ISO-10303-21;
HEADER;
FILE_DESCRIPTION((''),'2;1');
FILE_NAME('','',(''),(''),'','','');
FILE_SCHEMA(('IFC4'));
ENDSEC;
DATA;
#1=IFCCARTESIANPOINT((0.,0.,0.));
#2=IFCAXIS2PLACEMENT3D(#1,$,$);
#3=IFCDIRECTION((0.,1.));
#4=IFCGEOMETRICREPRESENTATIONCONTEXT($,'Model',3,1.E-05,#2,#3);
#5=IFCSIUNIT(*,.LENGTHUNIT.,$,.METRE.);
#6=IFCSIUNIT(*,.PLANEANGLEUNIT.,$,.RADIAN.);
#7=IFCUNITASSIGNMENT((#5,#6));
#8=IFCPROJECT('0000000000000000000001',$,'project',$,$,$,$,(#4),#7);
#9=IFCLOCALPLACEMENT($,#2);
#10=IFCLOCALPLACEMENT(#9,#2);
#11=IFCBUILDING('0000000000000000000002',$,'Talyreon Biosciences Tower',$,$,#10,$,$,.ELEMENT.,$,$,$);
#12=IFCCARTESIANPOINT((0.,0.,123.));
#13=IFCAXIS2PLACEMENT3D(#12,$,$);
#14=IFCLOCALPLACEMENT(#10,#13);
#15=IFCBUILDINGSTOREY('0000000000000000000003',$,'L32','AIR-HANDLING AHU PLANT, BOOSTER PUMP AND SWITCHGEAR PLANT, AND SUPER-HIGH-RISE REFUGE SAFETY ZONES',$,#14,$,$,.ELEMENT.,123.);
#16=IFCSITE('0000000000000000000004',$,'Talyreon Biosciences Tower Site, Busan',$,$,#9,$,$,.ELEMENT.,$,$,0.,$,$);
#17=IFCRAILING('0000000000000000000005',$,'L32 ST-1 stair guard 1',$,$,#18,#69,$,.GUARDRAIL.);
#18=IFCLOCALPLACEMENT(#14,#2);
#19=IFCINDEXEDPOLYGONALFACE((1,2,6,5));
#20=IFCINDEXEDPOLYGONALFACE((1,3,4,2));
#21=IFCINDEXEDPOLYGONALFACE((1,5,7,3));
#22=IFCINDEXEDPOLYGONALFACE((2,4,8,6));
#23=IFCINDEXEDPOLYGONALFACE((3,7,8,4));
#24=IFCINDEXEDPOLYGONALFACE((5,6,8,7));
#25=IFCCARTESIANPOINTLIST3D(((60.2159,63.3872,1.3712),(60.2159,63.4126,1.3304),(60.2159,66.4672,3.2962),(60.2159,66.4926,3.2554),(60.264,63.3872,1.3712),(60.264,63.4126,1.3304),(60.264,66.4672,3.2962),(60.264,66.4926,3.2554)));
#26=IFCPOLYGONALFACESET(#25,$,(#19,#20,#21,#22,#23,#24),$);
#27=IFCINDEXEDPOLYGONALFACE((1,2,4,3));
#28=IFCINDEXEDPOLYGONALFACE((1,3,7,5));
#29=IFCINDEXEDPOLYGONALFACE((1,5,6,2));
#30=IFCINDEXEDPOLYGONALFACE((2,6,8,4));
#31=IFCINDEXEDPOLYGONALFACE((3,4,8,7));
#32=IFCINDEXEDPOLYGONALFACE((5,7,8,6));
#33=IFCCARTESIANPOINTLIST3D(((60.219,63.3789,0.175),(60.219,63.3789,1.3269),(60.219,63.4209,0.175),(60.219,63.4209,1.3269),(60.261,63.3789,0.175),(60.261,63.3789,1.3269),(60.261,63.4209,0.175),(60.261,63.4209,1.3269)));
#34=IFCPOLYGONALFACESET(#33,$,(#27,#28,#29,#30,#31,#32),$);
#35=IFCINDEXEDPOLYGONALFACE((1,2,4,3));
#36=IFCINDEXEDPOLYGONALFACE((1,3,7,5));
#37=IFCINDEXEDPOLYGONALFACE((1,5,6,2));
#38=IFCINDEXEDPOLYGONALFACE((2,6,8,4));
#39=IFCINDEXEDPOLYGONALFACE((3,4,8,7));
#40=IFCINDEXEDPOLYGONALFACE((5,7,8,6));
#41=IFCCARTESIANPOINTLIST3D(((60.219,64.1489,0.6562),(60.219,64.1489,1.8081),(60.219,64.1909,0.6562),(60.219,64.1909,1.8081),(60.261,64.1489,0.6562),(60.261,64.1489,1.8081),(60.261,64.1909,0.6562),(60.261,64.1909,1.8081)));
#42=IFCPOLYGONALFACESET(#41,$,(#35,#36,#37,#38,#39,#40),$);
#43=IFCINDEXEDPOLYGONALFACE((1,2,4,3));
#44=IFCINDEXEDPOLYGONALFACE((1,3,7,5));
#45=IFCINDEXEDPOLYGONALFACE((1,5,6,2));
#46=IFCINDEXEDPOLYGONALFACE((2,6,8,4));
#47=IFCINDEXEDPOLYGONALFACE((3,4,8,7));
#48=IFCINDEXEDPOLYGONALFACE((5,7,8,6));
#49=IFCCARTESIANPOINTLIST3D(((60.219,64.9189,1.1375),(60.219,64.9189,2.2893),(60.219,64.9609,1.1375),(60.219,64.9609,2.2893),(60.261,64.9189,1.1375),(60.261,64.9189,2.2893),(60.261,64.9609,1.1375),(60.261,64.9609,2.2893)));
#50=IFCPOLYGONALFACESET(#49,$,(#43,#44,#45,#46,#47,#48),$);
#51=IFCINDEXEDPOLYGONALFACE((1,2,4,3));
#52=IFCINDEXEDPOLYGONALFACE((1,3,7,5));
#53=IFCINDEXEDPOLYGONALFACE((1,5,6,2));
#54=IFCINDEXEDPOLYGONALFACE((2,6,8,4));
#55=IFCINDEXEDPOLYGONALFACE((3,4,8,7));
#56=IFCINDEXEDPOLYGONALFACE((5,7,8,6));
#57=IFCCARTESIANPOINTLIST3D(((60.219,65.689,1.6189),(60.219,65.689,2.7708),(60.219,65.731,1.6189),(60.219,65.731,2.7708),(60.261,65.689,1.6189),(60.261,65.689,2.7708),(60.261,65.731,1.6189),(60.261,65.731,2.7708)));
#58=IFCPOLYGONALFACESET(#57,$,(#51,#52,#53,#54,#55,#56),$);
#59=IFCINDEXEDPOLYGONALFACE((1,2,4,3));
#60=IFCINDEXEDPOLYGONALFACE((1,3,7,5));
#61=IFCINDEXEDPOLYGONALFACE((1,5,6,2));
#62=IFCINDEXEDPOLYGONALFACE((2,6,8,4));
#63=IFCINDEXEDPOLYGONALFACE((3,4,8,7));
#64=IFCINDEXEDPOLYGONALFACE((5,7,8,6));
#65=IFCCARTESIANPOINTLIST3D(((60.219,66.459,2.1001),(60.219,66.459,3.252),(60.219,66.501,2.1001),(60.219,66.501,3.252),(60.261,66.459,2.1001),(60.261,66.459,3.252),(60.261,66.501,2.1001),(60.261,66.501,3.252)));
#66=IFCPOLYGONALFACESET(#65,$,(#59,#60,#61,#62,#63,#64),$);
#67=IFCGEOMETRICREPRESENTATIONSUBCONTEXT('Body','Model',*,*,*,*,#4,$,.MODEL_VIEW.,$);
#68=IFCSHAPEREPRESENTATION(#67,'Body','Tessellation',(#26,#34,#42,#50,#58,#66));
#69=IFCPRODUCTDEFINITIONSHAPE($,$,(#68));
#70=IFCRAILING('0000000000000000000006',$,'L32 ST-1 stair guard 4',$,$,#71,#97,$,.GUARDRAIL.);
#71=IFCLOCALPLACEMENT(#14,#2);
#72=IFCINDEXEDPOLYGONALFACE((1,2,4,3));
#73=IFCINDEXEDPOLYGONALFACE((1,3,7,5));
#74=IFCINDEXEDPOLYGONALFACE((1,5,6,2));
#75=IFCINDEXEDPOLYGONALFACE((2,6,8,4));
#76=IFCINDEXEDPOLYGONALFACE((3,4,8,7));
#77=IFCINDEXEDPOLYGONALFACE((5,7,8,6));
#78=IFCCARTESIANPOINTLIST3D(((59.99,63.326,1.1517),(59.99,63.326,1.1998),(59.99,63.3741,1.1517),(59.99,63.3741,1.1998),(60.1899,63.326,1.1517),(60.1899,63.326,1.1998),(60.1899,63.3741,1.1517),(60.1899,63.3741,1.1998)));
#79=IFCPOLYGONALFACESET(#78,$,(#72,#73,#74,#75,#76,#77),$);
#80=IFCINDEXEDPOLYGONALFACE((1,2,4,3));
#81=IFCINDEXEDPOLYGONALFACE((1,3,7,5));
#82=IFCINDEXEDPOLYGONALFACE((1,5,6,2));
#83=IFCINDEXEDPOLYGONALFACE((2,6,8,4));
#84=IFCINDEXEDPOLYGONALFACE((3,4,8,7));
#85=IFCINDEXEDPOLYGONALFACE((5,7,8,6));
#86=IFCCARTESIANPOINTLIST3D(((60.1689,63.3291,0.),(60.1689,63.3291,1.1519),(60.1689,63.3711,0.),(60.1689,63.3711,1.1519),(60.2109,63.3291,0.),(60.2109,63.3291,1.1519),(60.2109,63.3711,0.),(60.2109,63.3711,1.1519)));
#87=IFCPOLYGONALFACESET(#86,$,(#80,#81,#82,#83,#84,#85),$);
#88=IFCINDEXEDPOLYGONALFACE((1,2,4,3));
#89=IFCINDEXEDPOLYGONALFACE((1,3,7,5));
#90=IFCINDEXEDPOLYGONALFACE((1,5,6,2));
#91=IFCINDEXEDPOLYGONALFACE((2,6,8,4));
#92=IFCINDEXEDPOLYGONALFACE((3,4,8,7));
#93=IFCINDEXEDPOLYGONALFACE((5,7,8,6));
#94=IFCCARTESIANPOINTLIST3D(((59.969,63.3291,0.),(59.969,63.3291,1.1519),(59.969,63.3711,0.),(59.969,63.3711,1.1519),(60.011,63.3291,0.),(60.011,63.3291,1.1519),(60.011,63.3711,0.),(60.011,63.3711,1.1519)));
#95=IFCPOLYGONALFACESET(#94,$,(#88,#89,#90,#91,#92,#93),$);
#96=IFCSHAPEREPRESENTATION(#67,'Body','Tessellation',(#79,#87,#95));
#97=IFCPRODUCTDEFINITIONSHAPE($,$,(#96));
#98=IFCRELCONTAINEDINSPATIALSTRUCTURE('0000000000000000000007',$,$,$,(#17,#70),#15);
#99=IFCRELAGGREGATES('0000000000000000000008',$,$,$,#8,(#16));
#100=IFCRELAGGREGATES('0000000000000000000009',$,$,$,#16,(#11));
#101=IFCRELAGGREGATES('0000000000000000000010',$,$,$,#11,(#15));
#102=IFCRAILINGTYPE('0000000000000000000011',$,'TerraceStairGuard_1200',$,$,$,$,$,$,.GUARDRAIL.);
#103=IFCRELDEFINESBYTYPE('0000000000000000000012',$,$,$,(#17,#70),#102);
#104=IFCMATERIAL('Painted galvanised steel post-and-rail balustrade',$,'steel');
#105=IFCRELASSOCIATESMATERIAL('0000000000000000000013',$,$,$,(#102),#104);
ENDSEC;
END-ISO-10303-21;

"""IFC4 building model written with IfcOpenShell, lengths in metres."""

from ifc_helpers import new_model, si_unit, direction, frame, origin, origin_2d, place, context, subcontext, project, spatial, rectangle, extrude, material, type_object, element, save


model = new_model("IFC4")

# Units and contexts
model_context = context("Model", 3, precision=1e-05, world=origin(), true_north=direction((0.0, 1.0)))
body_context = subcontext(model_context, "Body", "Model", "MODEL_VIEW")
ifc_project = project(units=[si_unit("LENGTHUNIT", "METRE"), si_unit("PLANEANGLEUNIT", "RADIAN")], contexts=[model_context])

# Site, building, storey
site_placement = place(None, origin())
site = spatial("IfcSite", under=ifc_project, at=site_placement, Name="Talyreon Biosciences Tower Site, Busan", CompositionType="ELEMENT", RefElevation=0.0)
building_placement = place(site_placement, origin())
building = spatial("IfcBuilding", under=site, at=building_placement, Name="Talyreon Biosciences Tower", CompositionType="ELEMENT")
storey_placement = place(building_placement, frame((0.0, 0.0, 123.0)))
storey = spatial("IfcBuildingStorey", under=building, at=storey_placement, Name="L32", Description="AIR-HANDLING AHU PLANT, BOOSTER PUMP AND SWITCHGEAR PLANT, AND SUPER-HIGH-RISE REFUGE SAFETY ZONES", CompositionType="ELEMENT", Elevation=123.0)

# Railings
ifc_material_1 = material(Name="Painted galvanised steel post-and-rail balustrade", Category="steel")
railing_type_1 = type_object("IfcRailingType", Name="TerraceStairGuard_1200", PredefinedType="GUARDRAIL", material=ifc_material_1)
railing_1_placement = place(storey_placement, frame((60.24, 63.3999, 0.175)))
element("IfcRailing", 1, at=railing_1_placement, inside=storey, type_object=railing_type_1, Name="L32 ST-1 stair guard 1", PredefinedType="GUARDRAIL", context=body_context, shape_type="SweptSolid", body=[
    extrude(rectangle(XDim=0.0481, YDim=0.0481, at=origin_2d()), frame((0.0, 0.0, 1.1758), z_axis=(0.0, 0.847998, 0.529999), x_axis=(-1.0, 0.0, 0.0)), (0.0, 0.0, 1.0), 3.6321),
    extrude(rectangle(XDim=0.042, YDim=0.042, at=origin_2d()), origin(), (0.0, 0.0, 1.0), 1.1519),
    extrude(rectangle(XDim=0.042, YDim=0.042, at=origin_2d()), frame((0.0, 0.77, 0.4812)), (0.0, 0.0, 1.0), 1.1519),
    extrude(rectangle(XDim=0.042, YDim=0.042, at=origin_2d()), frame((0.0, 1.54, 0.9624)), (0.0, 0.0, 1.0), 1.1519),
    extrude(rectangle(XDim=0.042, YDim=0.042, at=origin_2d()), frame((0.0, 2.3101, 1.4438)), (0.0, 0.0, 1.0), 1.1519),
    extrude(rectangle(XDim=0.042, YDim=0.042, at=origin_2d()), frame((0.0, 3.0801, 1.925)), (0.0, 0.0, 1.0), 1.1519),
])
railing_2_placement = place(storey_placement, frame((60.1899, 63.3501, 0.0)))
element("IfcRailing", 2, at=railing_2_placement, inside=storey, type_object=railing_type_1, Name="L32 ST-1 stair guard 4", PredefinedType="GUARDRAIL", context=body_context, shape_type="SweptSolid", body=[
    extrude(rectangle(XDim=0.0481, YDim=0.0481, at=origin_2d()), frame((0.0, 0.0, 1.1758), z_axis=(-1.0, 0.0, 0.0), x_axis=(0.0, -1.0, 0.0)), (0.0, 0.0, 1.0), 0.2),
    extrude(rectangle(XDim=0.042, YDim=0.042, at=origin_2d()), origin(), (0.0, 0.0, 1.0), 1.1519),
    extrude(rectangle(XDim=0.042, YDim=0.042, at=origin_2d()), frame((-0.2, 0.0, 0.0)), (0.0, 0.0, 1.0), 1.1519),
])

save(model, "model.ifc")
